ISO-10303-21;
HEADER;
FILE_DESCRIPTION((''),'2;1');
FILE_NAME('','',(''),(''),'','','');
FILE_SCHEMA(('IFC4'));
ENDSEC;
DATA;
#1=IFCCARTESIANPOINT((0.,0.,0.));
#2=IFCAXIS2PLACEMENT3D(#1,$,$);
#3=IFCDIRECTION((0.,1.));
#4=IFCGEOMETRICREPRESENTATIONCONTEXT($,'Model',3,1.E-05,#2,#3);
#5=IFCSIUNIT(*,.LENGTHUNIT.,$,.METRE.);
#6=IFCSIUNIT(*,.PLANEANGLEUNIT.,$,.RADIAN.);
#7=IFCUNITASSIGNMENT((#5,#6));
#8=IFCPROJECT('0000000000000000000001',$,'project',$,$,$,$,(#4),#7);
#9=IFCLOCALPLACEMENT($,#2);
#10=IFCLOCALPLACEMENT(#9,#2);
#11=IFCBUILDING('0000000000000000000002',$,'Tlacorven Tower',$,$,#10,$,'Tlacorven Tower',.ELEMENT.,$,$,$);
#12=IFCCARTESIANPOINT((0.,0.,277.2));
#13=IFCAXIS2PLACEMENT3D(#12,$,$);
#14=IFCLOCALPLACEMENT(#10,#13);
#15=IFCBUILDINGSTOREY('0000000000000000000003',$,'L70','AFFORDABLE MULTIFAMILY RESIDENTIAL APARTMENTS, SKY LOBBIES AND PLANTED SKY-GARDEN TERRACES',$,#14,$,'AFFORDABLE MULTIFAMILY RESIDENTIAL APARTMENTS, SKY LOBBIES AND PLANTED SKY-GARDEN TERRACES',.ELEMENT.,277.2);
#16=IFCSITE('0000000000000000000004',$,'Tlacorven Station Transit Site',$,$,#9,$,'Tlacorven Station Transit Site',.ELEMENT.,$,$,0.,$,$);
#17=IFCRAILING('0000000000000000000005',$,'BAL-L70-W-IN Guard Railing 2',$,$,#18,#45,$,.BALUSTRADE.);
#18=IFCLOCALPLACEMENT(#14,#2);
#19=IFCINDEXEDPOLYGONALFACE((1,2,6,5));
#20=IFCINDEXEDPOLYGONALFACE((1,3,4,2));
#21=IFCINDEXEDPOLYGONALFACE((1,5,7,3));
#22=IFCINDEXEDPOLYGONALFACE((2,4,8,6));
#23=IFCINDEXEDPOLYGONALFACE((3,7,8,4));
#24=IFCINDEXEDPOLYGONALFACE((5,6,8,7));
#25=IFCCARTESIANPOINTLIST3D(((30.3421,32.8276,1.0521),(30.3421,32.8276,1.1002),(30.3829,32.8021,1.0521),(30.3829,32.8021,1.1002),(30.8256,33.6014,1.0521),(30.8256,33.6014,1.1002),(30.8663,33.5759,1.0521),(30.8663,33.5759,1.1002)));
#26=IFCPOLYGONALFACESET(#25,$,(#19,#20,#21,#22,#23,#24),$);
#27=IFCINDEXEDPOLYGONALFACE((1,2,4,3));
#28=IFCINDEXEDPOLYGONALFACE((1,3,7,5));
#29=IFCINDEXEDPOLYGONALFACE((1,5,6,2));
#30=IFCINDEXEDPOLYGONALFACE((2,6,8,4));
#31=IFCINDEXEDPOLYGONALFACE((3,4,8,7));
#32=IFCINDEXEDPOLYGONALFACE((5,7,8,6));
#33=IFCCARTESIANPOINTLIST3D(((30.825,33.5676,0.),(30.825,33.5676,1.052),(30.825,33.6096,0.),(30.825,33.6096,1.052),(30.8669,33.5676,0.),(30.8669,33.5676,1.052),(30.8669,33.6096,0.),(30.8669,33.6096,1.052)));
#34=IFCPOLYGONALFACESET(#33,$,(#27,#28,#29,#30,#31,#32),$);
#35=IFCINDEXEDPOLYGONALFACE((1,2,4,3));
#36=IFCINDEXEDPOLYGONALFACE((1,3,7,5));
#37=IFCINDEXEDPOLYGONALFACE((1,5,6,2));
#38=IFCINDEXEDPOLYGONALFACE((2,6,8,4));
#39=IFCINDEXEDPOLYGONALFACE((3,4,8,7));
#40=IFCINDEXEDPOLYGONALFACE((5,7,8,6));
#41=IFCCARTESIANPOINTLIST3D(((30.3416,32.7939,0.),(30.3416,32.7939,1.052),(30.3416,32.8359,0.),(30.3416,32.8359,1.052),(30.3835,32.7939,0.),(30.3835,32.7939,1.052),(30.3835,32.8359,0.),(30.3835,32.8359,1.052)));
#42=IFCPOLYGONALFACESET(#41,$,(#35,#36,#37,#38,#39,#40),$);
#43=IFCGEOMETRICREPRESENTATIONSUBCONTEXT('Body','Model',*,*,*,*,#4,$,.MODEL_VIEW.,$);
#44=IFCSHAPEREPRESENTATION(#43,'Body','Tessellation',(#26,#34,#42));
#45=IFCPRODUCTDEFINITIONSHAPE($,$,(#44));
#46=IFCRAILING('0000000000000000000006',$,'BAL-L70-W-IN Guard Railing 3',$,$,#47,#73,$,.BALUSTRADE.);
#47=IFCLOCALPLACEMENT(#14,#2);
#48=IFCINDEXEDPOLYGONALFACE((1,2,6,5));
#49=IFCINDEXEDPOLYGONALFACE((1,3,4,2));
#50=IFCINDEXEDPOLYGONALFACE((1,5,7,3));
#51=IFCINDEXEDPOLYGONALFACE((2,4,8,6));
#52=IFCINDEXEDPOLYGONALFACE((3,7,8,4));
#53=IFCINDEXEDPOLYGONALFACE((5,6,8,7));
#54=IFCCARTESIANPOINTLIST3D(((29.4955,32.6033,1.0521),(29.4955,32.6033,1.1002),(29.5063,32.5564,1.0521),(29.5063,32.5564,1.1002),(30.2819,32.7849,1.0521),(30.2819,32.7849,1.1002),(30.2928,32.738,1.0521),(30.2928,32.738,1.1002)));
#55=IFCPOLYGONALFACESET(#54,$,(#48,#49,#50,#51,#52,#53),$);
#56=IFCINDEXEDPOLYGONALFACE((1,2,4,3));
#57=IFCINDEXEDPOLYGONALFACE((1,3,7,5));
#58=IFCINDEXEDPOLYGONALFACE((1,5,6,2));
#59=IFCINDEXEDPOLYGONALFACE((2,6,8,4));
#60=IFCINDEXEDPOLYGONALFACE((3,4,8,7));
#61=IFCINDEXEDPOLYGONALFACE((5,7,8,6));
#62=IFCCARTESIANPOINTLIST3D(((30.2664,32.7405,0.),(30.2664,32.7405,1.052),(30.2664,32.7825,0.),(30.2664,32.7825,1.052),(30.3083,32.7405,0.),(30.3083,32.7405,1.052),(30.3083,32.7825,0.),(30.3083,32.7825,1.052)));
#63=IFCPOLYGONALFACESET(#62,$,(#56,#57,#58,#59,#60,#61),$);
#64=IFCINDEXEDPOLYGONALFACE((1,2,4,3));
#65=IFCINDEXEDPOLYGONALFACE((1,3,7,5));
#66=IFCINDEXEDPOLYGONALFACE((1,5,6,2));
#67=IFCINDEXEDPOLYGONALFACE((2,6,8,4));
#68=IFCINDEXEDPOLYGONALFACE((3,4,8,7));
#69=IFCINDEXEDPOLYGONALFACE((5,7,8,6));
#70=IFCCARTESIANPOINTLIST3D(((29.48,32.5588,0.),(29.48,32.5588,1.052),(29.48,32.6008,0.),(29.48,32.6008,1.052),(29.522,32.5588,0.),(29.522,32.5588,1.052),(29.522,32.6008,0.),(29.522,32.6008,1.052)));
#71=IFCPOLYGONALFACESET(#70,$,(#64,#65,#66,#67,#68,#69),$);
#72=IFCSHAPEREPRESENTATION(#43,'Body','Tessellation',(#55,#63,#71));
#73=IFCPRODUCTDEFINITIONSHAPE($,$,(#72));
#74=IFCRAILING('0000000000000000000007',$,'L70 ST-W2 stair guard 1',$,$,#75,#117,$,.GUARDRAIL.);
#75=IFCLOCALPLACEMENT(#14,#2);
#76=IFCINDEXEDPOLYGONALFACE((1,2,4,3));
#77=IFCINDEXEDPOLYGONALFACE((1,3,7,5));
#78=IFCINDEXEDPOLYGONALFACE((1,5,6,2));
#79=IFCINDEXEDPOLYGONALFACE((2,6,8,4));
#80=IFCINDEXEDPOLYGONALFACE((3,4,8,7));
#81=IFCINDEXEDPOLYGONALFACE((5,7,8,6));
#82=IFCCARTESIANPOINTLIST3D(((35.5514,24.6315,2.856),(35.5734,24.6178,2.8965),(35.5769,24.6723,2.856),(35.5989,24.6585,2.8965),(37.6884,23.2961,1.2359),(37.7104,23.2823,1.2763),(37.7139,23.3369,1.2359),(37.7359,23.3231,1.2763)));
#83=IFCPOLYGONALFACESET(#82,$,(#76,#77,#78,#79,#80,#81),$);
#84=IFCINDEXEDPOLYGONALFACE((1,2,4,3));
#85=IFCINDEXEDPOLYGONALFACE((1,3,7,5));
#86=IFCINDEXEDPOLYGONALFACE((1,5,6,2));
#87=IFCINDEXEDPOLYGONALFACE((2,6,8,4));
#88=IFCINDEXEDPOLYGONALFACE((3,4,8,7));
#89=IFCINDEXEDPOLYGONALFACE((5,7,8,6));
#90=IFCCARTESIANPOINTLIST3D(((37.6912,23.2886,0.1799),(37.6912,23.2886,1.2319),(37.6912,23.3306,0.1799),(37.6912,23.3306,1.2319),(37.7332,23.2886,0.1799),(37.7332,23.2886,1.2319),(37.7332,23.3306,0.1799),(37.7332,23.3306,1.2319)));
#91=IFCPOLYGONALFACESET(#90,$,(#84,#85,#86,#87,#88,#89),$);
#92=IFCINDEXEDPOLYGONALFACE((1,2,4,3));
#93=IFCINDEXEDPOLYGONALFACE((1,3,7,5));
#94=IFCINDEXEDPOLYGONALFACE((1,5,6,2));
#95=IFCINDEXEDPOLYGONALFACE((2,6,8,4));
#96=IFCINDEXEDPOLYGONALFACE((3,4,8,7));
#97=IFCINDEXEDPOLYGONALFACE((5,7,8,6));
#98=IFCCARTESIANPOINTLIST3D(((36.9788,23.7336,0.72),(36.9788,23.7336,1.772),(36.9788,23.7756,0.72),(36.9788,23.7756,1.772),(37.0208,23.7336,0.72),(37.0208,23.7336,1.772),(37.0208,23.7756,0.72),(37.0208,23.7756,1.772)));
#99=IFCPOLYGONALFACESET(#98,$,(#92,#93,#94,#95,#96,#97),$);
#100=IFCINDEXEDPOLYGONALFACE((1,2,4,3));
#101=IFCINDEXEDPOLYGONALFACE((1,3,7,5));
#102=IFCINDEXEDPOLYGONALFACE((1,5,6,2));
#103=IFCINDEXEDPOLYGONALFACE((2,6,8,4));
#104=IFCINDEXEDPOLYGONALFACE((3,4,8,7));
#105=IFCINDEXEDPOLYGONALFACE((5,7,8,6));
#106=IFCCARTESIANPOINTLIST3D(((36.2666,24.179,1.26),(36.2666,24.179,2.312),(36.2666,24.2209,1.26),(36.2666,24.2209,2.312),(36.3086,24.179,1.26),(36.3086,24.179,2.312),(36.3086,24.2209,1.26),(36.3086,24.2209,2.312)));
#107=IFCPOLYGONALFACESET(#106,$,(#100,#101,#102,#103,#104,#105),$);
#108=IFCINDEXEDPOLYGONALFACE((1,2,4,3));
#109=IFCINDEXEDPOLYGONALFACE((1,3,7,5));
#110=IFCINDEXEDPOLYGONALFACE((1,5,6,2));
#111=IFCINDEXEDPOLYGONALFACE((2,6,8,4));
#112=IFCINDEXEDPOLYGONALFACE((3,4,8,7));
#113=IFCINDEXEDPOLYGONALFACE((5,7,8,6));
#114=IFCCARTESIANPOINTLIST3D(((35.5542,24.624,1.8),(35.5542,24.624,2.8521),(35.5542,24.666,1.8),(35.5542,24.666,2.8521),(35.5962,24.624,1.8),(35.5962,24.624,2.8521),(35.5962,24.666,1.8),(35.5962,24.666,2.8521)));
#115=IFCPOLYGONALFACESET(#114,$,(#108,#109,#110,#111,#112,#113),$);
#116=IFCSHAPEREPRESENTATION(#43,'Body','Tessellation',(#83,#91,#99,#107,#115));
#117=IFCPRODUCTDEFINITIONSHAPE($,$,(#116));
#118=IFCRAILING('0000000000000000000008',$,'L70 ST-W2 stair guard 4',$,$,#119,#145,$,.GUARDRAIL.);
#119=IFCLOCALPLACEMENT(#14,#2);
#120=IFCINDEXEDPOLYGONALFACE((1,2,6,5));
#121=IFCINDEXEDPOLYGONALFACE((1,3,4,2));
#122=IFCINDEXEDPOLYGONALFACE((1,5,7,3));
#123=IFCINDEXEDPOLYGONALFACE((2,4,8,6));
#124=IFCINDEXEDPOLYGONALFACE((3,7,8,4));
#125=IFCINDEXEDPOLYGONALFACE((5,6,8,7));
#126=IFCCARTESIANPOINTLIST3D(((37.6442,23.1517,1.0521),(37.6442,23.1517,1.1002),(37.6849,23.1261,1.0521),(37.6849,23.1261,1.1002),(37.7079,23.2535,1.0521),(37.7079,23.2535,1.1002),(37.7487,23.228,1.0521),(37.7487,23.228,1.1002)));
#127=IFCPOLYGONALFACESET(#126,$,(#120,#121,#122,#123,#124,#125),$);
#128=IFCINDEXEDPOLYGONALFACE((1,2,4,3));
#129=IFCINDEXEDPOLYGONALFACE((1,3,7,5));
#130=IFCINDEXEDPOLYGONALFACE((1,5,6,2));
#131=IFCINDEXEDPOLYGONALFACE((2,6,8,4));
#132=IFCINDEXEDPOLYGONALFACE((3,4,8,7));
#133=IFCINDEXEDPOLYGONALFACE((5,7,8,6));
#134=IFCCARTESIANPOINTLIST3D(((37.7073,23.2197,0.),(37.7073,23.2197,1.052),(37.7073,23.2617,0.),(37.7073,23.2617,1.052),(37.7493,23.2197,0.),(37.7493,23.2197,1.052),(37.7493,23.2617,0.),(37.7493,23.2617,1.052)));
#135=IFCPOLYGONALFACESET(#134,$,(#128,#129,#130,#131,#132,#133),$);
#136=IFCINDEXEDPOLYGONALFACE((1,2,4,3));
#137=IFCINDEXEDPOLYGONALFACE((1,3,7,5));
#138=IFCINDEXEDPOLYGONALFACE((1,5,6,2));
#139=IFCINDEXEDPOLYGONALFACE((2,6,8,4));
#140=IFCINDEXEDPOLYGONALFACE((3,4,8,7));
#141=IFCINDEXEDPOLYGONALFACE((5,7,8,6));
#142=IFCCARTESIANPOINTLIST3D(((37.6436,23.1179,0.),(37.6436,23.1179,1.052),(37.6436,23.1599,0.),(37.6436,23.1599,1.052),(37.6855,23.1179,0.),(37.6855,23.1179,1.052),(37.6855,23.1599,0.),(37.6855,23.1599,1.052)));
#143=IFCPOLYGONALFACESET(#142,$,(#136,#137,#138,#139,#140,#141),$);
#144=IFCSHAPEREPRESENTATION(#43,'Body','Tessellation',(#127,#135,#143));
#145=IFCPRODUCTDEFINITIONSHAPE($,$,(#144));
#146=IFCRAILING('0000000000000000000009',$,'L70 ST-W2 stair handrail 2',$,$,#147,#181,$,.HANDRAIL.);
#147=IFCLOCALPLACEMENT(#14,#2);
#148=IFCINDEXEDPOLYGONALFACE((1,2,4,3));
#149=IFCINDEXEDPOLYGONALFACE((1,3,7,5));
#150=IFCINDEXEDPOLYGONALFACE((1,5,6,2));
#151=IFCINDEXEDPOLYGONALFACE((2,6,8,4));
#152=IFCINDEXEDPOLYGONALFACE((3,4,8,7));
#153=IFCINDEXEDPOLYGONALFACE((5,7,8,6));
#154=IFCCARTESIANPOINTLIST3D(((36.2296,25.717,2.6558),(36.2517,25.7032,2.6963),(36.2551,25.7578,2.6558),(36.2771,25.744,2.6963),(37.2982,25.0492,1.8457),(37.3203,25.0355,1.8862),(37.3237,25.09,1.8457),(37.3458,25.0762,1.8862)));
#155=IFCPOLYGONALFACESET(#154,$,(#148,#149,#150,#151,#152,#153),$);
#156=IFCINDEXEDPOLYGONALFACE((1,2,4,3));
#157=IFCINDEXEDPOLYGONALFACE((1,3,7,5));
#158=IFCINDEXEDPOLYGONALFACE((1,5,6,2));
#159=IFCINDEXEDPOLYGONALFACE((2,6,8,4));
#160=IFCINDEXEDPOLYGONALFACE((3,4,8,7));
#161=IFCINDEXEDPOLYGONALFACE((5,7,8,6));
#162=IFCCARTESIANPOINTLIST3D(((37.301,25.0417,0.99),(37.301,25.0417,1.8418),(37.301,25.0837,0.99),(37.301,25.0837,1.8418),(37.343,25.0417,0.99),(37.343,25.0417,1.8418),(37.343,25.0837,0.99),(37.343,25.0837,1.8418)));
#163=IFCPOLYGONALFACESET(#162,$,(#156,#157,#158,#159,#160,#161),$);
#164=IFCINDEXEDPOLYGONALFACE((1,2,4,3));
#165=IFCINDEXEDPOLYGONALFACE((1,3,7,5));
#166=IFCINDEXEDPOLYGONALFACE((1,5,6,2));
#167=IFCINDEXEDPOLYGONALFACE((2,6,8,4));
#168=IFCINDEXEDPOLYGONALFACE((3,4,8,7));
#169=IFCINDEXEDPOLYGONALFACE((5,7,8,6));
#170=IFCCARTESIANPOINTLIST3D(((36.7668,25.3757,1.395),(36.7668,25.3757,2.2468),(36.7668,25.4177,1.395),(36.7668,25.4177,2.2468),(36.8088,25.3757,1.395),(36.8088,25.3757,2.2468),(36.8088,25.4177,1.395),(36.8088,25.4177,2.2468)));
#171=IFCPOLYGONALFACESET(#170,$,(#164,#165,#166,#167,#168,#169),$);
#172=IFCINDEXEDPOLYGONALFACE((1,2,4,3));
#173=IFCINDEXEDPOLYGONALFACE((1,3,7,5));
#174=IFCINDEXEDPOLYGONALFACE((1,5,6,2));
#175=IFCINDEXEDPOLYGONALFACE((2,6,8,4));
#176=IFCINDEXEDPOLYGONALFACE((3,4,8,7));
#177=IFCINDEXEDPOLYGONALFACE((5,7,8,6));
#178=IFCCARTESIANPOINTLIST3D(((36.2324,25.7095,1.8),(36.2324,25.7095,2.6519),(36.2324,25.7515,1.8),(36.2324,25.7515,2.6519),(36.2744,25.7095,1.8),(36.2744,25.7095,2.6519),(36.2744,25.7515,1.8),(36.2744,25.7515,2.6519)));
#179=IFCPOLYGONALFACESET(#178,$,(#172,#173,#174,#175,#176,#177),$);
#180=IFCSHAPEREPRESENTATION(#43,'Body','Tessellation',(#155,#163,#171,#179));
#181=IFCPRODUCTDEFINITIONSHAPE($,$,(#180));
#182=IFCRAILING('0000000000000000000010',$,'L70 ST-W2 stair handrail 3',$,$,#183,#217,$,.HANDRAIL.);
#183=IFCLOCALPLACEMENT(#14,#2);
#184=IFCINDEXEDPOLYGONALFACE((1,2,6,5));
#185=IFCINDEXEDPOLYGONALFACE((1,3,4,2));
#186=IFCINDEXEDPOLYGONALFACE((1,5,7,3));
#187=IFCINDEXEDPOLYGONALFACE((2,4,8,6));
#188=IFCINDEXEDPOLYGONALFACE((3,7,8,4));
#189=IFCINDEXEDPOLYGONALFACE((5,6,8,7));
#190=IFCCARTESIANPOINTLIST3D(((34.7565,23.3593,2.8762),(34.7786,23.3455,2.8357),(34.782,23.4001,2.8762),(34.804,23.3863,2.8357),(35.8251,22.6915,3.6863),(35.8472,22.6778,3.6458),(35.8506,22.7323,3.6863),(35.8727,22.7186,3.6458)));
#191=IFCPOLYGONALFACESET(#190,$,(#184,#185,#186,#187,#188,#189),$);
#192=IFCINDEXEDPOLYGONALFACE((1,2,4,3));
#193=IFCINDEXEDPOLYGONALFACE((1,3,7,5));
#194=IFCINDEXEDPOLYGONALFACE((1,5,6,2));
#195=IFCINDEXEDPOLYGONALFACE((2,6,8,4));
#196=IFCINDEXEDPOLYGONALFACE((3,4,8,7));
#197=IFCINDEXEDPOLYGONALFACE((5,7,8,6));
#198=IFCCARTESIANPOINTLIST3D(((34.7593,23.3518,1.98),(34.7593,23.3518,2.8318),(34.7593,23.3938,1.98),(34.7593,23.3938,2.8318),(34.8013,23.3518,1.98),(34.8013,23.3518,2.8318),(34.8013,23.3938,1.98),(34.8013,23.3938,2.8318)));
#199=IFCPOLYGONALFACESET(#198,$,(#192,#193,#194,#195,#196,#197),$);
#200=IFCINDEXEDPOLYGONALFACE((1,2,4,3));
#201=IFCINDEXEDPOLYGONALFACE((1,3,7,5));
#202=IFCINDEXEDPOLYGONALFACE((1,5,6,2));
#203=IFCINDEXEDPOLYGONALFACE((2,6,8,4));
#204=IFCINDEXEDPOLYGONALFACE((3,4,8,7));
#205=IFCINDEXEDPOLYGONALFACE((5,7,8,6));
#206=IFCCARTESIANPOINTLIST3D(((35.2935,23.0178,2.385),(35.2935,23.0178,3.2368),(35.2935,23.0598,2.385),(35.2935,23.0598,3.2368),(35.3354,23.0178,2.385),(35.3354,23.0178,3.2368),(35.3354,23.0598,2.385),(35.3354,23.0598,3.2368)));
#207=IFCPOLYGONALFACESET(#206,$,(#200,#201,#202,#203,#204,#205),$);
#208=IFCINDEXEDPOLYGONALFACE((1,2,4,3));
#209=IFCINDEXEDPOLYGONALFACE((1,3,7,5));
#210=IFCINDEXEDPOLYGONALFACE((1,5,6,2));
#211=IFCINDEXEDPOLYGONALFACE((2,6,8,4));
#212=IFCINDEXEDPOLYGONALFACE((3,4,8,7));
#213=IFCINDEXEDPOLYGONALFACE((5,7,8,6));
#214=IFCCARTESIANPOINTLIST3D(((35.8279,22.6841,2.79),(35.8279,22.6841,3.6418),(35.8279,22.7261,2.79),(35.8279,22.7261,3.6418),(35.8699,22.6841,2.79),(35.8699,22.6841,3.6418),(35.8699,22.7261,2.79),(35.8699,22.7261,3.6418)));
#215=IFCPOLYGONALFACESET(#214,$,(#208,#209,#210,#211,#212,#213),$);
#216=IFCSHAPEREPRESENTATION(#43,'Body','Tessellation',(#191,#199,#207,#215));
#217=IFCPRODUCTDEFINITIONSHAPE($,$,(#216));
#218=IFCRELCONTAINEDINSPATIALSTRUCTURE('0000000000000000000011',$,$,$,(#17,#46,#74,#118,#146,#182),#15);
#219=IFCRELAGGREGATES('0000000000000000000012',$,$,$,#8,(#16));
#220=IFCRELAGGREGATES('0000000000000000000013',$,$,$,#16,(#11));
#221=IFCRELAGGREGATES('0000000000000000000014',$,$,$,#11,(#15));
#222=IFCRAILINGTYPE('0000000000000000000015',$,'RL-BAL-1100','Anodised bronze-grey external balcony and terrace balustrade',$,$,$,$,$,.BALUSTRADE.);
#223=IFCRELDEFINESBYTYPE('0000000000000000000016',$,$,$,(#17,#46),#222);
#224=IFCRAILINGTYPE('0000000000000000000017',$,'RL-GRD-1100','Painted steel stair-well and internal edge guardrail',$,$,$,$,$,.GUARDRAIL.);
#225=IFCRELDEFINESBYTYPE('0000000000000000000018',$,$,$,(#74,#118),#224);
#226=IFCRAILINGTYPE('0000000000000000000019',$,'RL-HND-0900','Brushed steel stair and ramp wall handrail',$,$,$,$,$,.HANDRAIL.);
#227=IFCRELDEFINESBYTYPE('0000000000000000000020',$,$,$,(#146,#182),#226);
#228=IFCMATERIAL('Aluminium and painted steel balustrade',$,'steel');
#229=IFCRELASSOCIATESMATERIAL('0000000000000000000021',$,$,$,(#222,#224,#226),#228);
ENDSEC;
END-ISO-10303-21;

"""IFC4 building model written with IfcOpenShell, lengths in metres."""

from ifc_helpers import new_model, si_unit, direction, frame, origin, origin_2d, place, context, subcontext, project, spatial, rectangle, extrude, source, transform, mapped, material, type_object, element, save


model = new_model("IFC4")

# Units and contexts
model_context = context("Model", 3, precision=1e-05, world=origin(), true_north=direction((0.0, 1.0)))
body_context = subcontext(model_context, "Body", "Model", "MODEL_VIEW")
ifc_project = project(units=[si_unit("LENGTHUNIT", "METRE"), si_unit("PLANEANGLEUNIT", "RADIAN")], contexts=[model_context])

# Site, building, storey
site_placement = place(None, origin())
site = spatial("IfcSite", under=ifc_project, at=site_placement, Name="Tlacorven Station Transit Site", LongName="Tlacorven Station Transit Site", CompositionType="ELEMENT", RefElevation=0.0)
building_placement = place(site_placement, origin())
building = spatial("IfcBuilding", under=site, at=building_placement, Name="Tlacorven Tower", LongName="Tlacorven Tower", CompositionType="ELEMENT")
storey_placement = place(building_placement, frame((0.0, 0.0, 277.2)))
storey = spatial("IfcBuildingStorey", under=building, at=storey_placement, Name="L70", Description="AFFORDABLE MULTIFAMILY RESIDENTIAL APARTMENTS, SKY LOBBIES AND PLANTED SKY-GARDEN TERRACES", LongName="AFFORDABLE MULTIFAMILY RESIDENTIAL APARTMENTS, SKY LOBBIES AND PLANTED SKY-GARDEN TERRACES", CompositionType="ELEMENT", Elevation=277.2)

# Railings
ifc_material_1 = material(Name="Aluminium and painted steel balustrade", Category="steel")
railing_type_1 = type_object("IfcRailingType", Name="RL-BAL-1100", Description="Anodised bronze-grey external balcony and terrace balustrade", PredefinedType="BALUSTRADE", material=ifc_material_1)
shared_shape_1 = source(origin(), body_context, "Body", "SweptSolid", [
    extrude(rectangle(XDim=0.0481, YDim=0.0481, at=origin_2d()), frame((0.0, 0.0, 1.0762), z_axis=(-0.529879, -0.848073, 0.0), x_axis=(0.848073, -0.529879, 0.0)), (0.0, 0.0, 1.0), 0.9124),
    extrude(rectangle(XDim=0.042, YDim=0.042, at=origin_2d()), origin(), (0.0, 0.0, 1.0), 1.052),
    extrude(rectangle(XDim=0.042, YDim=0.042, at=origin_2d()), frame((-0.4834, -0.7737, 0.0)), (0.0, 0.0, 1.0), 1.052),
])
railing_1_placement = place(storey_placement, frame((30.8459, 33.5886, 0.0)))
element("IfcRailing", 1, at=railing_1_placement, inside=storey, type_object=railing_type_1, Name="BAL-L70-W-IN Guard Railing 2", PredefinedType="BALUSTRADE", context=body_context, shape_type="MappedRepresentation", body=[
    mapped(shared_shape_1, transform((0.0, 0.0, 0.0), scale=1.0)),
])
shared_shape_2 = source(origin(), body_context, "Body", "SweptSolid", [
    extrude(rectangle(XDim=0.0481, YDim=0.0481, at=origin_2d()), frame((0.0, 0.0, 1.0762), z_axis=(-0.974345, -0.225058, 0.0), x_axis=(0.225058, -0.974345, 0.0)), (0.0, 0.0, 1.0), 0.8071),
    extrude(rectangle(XDim=0.042, YDim=0.042, at=origin_2d()), origin(), (0.0, 0.0, 1.0), 1.052),
    extrude(rectangle(XDim=0.042, YDim=0.042, at=origin_2d()), frame((-0.7864, -0.1816, 0.0)), (0.0, 0.0, 1.0), 1.052),
])
railing_2_placement = place(storey_placement, frame((30.2874, 32.7615, 0.0)))
element("IfcRailing", 2, at=railing_2_placement, inside=storey, type_object=railing_type_1, Name="BAL-L70-W-IN Guard Railing 3", PredefinedType="BALUSTRADE", context=body_context, shape_type="MappedRepresentation", body=[
    mapped(shared_shape_2, transform((0.0, 0.0, 0.0), scale=1.0)),
])
railing_type_2 = type_object("IfcRailingType", Name="RL-GRD-1100", Description="Painted steel stair-well and internal edge guardrail", PredefinedType="GUARDRAIL", material=ifc_material_1)
shared_shape_3 = source(origin(), body_context, "Body", "SweptSolid", [
    extrude(rectangle(XDim=0.0481, YDim=0.0481, at=origin_2d()), frame((0.0, 0.0, 1.0762), z_axis=(-0.71332, 0.445774, 0.540796), x_axis=(-0.529955, -0.848026, 0.0)), (0.0, 0.0, 1.0), 2.9958),
    extrude(rectangle(XDim=0.042, YDim=0.042, at=origin_2d()), origin(), (0.0, 0.0, 1.0), 1.052),
    extrude(rectangle(XDim=0.042, YDim=0.042, at=origin_2d()), frame((-0.7124, 0.4451, 0.54)), (0.0, 0.0, 1.0), 1.052),
    extrude(rectangle(XDim=0.042, YDim=0.042, at=origin_2d()), frame((-1.4246, 0.8904, 1.0801)), (0.0, 0.0, 1.0), 1.052),
    extrude(rectangle(XDim=0.042, YDim=0.042, at=origin_2d()), frame((-2.137, 1.3354, 1.6201)), (0.0, 0.0, 1.0), 1.052),
])
railing_3_placement = place(storey_placement, frame((37.7122, 23.3096, 0.1799)))
element("IfcRailing", 3, at=railing_3_placement, inside=storey, type_object=railing_type_2, Name="L70 ST-W2 stair guard 1", PredefinedType="GUARDRAIL", context=body_context, shape_type="MappedRepresentation", body=[
    mapped(shared_shape_3, transform((0.0, 0.0, 0.0), scale=1.0)),
])
shared_shape_4 = source(origin(), body_context, "Body", "SweptSolid", [
    extrude(rectangle(XDim=0.0481, YDim=0.0481, at=origin_2d()), frame((0.0, 0.0, 1.0762), z_axis=(-0.530547, -0.847656, 0.0), x_axis=(0.847656, -0.530547, 0.0)), (0.0, 0.0, 1.0), 0.1201),
    extrude(rectangle(XDim=0.042, YDim=0.042, at=origin_2d()), origin(), (0.0, 0.0, 1.0), 1.052),
    extrude(rectangle(XDim=0.042, YDim=0.042, at=origin_2d()), frame((-0.0637, -0.1018, 0.0)), (0.0, 0.0, 1.0), 1.052),
])
railing_4_placement = place(storey_placement, frame((37.7283, 23.2407, 0.0)))
element("IfcRailing", 4, at=railing_4_placement, inside=storey, type_object=railing_type_2, Name="L70 ST-W2 stair guard 4", PredefinedType="GUARDRAIL", context=body_context, shape_type="MappedRepresentation", body=[
    mapped(shared_shape_4, transform((0.0, 0.0, 0.0), scale=1.0)),
])
railing_type_3 = type_object("IfcRailingType", Name="RL-HND-0900", Description="Brushed steel stair and ramp wall handrail", PredefinedType="HANDRAIL", material=ifc_material_1)
shared_shape_5 = source(origin(), body_context, "Body", "SweptSolid", [
    extrude(rectangle(XDim=0.0481, YDim=0.0481, at=origin_2d()), frame((0.0, 0.0, 0.876), z_axis=(-0.71336, 0.445748, 0.540765), x_axis=(-0.529912, -0.848053, 0.0)), (0.0, 0.0, 1.0), 1.498),
    extrude(rectangle(XDim=0.042, YDim=0.042, at=origin_2d()), origin(), (0.0, 0.0, 1.0), 0.8518),
    extrude(rectangle(XDim=0.042, YDim=0.042, at=origin_2d()), frame((-0.5342, 0.334, 0.405)), (0.0, 0.0, 1.0), 0.8518),
    extrude(rectangle(XDim=0.042, YDim=0.042, at=origin_2d()), frame((-1.0686, 0.6677, 0.8101)), (0.0, 0.0, 1.0), 0.8518),
])
railing_5_placement = place(storey_placement, frame((37.322, 25.0627, 0.99)))
element("IfcRailing", 5, at=railing_5_placement, inside=storey, type_object=railing_type_3, Name="L70 ST-W2 stair handrail 2", PredefinedType="HANDRAIL", context=body_context, shape_type="MappedRepresentation", body=[
    mapped(shared_shape_5, transform((0.0, 0.0, 0.0), scale=1.0)),
])
shared_shape_6 = source(origin(), body_context, "Body", "SweptSolid", [
    extrude(rectangle(XDim=0.0481, YDim=0.0481, at=origin_2d()), frame((0.0, 0.0, 0.876), z_axis=(0.71336, -0.445748, 0.540765), x_axis=(0.529912, 0.848053, 0.0)), (0.0, 0.0, 1.0), 1.498),
    extrude(rectangle(XDim=0.042, YDim=0.042, at=origin_2d()), origin(), (0.0, 0.0, 1.0), 0.8518),
    extrude(rectangle(XDim=0.042, YDim=0.042, at=origin_2d()), frame((0.5342, -0.334, 0.405)), (0.0, 0.0, 1.0), 0.8518),
    extrude(rectangle(XDim=0.042, YDim=0.042, at=origin_2d()), frame((1.0686, -0.6677, 0.8101)), (0.0, 0.0, 1.0), 0.8518),
])
railing_6_placement = place(storey_placement, frame((34.7803, 23.3728, 1.98)))
element("IfcRailing", 6, at=railing_6_placement, inside=storey, type_object=railing_type_3, Name="L70 ST-W2 stair handrail 3", PredefinedType="HANDRAIL", context=body_context, shape_type="MappedRepresentation", body=[
    mapped(shared_shape_6, transform((0.0, 0.0, 0.0), scale=1.0)),
])

save(model, "model.ifc")
